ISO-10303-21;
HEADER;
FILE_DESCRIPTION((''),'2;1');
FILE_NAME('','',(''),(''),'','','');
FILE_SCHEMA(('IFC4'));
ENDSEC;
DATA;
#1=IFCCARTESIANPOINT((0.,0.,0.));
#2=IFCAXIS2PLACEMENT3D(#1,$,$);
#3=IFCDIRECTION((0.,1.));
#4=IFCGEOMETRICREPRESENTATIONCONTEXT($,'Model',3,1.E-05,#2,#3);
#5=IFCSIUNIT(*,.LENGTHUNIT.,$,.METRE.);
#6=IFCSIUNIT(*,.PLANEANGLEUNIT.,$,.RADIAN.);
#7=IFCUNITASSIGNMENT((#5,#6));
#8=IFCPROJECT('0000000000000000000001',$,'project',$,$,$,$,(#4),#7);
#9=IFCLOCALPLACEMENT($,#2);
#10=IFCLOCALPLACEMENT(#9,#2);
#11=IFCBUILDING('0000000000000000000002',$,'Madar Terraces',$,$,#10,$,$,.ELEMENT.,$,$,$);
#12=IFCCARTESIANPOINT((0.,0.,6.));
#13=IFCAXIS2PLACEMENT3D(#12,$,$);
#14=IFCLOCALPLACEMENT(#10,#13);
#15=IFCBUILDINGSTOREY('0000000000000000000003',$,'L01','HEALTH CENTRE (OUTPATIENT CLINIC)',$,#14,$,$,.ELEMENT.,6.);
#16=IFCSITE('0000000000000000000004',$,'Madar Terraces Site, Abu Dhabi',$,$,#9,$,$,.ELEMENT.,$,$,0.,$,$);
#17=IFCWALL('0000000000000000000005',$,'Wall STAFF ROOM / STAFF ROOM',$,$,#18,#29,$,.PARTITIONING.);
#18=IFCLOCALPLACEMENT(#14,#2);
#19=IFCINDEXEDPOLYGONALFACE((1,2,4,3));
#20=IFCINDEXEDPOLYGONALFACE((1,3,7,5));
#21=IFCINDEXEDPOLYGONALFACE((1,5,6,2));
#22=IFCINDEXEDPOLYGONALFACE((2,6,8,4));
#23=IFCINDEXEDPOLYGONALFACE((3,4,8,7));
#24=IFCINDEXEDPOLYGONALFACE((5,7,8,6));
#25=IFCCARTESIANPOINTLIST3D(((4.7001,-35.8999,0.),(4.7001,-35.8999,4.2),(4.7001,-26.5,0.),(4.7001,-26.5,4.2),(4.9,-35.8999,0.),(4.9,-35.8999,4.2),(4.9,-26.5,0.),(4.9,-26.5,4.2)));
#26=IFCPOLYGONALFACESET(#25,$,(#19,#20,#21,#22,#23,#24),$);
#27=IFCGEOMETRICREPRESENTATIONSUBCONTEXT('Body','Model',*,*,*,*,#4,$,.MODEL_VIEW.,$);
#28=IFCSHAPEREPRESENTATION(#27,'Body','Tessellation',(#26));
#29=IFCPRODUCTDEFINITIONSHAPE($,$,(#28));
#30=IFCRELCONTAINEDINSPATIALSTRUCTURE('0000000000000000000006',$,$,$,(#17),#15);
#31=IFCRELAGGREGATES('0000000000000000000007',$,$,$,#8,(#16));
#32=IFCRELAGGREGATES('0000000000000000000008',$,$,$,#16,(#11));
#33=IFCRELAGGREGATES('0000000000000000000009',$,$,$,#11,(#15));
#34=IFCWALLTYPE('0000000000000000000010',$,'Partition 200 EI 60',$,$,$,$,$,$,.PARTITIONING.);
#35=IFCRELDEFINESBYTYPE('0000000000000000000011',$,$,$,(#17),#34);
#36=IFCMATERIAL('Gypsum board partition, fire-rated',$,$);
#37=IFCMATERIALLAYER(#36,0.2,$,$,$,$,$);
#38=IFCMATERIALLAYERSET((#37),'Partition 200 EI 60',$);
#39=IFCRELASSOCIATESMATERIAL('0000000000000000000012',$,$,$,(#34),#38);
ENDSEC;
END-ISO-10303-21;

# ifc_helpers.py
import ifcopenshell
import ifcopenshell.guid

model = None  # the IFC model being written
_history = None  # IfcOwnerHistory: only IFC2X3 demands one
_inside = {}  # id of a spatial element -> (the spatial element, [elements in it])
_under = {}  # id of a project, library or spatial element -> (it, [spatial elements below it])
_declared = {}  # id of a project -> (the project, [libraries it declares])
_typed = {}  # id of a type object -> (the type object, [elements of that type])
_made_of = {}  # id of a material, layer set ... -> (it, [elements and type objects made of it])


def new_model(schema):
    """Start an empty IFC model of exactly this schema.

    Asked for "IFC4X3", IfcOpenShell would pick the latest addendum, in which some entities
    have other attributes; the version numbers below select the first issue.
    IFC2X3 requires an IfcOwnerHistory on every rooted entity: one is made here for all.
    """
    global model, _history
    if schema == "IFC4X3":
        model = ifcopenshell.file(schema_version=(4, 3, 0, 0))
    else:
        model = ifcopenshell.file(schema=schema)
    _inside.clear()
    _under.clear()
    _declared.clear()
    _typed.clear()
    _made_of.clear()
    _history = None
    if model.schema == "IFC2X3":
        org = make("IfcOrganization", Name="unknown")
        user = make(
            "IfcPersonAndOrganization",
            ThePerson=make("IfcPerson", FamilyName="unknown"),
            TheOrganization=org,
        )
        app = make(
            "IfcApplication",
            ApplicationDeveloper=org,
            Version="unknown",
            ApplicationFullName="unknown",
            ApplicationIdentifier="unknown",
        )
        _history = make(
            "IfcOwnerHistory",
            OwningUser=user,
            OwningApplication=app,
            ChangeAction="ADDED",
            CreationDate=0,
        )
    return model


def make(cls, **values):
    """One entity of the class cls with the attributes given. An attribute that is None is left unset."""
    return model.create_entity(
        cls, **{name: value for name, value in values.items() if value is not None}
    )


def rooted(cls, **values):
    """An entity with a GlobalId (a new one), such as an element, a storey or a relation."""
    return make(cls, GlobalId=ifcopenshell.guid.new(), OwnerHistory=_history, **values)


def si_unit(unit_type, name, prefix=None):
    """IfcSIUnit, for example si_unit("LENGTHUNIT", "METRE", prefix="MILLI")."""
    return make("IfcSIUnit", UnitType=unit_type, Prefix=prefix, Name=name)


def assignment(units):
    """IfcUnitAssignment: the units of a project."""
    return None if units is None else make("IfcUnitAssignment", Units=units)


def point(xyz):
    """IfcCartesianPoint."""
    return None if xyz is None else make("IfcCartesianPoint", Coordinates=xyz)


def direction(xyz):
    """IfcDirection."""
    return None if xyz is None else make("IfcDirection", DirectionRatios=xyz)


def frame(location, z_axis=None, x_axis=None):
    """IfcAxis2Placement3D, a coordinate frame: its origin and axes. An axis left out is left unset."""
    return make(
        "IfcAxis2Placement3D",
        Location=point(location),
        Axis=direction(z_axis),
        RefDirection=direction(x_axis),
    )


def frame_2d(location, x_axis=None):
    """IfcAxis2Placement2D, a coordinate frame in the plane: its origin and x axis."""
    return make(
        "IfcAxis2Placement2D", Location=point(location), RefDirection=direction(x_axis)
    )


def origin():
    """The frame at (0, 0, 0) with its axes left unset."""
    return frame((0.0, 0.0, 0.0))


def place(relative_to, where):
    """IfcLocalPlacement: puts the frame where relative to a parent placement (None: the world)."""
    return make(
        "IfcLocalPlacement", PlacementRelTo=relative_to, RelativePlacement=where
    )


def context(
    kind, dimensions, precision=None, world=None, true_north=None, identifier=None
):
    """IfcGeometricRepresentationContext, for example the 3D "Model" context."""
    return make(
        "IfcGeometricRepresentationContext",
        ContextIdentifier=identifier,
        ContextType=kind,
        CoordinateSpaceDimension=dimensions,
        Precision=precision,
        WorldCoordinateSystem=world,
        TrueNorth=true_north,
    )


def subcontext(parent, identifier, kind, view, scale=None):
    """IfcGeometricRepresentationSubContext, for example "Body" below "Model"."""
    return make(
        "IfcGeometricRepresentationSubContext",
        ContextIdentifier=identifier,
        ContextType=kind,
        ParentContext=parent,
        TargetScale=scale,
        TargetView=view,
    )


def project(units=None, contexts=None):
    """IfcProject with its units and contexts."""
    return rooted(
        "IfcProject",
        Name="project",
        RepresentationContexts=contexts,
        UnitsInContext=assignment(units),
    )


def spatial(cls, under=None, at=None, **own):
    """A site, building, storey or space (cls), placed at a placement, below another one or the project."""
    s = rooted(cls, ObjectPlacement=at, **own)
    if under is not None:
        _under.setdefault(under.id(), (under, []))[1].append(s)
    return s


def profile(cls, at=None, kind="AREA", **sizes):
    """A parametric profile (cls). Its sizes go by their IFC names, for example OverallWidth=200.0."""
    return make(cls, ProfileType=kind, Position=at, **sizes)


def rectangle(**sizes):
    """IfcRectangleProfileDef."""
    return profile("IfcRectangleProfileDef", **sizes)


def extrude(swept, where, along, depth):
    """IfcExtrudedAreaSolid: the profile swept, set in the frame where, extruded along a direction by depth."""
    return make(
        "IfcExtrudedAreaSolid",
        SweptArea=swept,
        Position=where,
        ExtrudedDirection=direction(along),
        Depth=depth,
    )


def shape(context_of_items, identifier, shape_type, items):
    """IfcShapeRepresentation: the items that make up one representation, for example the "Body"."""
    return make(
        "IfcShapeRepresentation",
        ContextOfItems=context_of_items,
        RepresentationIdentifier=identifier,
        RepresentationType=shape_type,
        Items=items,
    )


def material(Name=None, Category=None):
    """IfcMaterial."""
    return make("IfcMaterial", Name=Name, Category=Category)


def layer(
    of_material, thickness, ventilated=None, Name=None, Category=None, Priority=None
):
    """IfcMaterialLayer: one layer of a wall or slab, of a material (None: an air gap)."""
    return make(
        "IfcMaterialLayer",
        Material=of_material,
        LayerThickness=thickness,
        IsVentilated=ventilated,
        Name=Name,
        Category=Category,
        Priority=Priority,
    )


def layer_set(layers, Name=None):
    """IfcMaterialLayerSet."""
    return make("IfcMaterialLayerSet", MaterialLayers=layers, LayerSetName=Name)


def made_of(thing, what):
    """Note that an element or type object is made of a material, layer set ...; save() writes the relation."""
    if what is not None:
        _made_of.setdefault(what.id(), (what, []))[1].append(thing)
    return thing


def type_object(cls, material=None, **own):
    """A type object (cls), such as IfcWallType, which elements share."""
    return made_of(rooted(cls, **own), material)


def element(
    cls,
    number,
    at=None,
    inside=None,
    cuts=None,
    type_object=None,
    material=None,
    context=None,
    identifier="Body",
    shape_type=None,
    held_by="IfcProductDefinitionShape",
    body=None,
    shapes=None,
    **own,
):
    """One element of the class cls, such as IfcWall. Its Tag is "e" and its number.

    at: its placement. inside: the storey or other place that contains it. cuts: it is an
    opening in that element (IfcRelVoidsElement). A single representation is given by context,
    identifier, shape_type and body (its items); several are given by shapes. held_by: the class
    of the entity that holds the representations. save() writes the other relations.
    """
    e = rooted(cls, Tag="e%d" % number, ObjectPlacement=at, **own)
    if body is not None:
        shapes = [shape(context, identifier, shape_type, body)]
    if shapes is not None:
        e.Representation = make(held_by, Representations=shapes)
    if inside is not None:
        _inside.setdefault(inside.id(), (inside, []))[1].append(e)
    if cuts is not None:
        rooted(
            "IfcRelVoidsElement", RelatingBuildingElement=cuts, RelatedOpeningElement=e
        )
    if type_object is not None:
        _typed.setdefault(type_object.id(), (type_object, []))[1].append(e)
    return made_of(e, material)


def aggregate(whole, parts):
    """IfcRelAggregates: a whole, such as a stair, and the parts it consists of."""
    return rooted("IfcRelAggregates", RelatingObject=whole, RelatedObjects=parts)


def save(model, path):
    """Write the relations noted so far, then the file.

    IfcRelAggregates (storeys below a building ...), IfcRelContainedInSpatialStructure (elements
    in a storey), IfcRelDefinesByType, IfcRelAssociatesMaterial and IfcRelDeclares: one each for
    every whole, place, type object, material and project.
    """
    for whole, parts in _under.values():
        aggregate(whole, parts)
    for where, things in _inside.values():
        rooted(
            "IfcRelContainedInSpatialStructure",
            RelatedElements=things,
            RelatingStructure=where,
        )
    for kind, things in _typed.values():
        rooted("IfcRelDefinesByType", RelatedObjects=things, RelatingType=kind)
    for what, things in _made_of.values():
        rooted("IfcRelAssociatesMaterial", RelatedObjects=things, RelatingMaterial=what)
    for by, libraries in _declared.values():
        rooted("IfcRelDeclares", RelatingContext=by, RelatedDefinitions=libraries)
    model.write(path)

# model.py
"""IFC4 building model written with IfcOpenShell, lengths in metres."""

from ifc_helpers import new_model, si_unit, direction, frame, frame_2d, origin, place, context, subcontext, project, spatial, rectangle, extrude, material, layer, layer_set, type_object, element, save


model = new_model("IFC4")

# Units and contexts
model_context = context("Model", 3, precision=1e-05, world=origin(), true_north=direction((0.0, 1.0)))
body_context = subcontext(model_context, "Body", "Model", "MODEL_VIEW")
ifc_project = project(units=[si_unit("LENGTHUNIT", "METRE"), si_unit("PLANEANGLEUNIT", "RADIAN")], contexts=[model_context])

# Site, building, storey
site_placement = place(None, origin())
site = spatial("IfcSite", under=ifc_project, at=site_placement, Name="Madar Terraces Site, Abu Dhabi", CompositionType="ELEMENT", RefElevation=0.0)
building_placement = place(site_placement, origin())
building = spatial("IfcBuilding", under=site, at=building_placement, Name="Madar Terraces", CompositionType="ELEMENT")
storey_placement = place(building_placement, frame((0.0, 0.0, 6.0)))
storey = spatial("IfcBuildingStorey", under=building, at=storey_placement, Name="L01", Description="HEALTH CENTRE (OUTPATIENT CLINIC)", CompositionType="ELEMENT", Elevation=6.0)

# Shared definitions
ifc_material_1 = material(Name="Gypsum board partition, fire-rated")
ifc_layer_1 = layer(ifc_material_1, 0.2)
ifc_layer_set_1 = layer_set([ifc_layer_1], Name="Partition 200 EI 60")
wall_type = type_object("IfcWallType", Name="Partition 200 EI 60", PredefinedType="PARTITIONING", material=ifc_layer_set_1)

# Wall
wall_1_placement = place(storey_placement, frame((4.8, -35.8999, 0.0), z_axis=(0.0, 0.0, 1.0), x_axis=(0.0, 1.0, 0.0)))
element("IfcWall", 1, at=wall_1_placement, inside=storey, type_object=wall_type, Name="Wall STAFF ROOM / STAFF ROOM", PredefinedType="PARTITIONING", context=body_context, shape_type="SweptSolid", body=[
    extrude(rectangle(XDim=9.3999, YDim=0.2, at=frame_2d((4.7, 0.0))), origin(), (0.0, 0.0, 1.0), 4.2),
])

save(model, "model.ifc")
